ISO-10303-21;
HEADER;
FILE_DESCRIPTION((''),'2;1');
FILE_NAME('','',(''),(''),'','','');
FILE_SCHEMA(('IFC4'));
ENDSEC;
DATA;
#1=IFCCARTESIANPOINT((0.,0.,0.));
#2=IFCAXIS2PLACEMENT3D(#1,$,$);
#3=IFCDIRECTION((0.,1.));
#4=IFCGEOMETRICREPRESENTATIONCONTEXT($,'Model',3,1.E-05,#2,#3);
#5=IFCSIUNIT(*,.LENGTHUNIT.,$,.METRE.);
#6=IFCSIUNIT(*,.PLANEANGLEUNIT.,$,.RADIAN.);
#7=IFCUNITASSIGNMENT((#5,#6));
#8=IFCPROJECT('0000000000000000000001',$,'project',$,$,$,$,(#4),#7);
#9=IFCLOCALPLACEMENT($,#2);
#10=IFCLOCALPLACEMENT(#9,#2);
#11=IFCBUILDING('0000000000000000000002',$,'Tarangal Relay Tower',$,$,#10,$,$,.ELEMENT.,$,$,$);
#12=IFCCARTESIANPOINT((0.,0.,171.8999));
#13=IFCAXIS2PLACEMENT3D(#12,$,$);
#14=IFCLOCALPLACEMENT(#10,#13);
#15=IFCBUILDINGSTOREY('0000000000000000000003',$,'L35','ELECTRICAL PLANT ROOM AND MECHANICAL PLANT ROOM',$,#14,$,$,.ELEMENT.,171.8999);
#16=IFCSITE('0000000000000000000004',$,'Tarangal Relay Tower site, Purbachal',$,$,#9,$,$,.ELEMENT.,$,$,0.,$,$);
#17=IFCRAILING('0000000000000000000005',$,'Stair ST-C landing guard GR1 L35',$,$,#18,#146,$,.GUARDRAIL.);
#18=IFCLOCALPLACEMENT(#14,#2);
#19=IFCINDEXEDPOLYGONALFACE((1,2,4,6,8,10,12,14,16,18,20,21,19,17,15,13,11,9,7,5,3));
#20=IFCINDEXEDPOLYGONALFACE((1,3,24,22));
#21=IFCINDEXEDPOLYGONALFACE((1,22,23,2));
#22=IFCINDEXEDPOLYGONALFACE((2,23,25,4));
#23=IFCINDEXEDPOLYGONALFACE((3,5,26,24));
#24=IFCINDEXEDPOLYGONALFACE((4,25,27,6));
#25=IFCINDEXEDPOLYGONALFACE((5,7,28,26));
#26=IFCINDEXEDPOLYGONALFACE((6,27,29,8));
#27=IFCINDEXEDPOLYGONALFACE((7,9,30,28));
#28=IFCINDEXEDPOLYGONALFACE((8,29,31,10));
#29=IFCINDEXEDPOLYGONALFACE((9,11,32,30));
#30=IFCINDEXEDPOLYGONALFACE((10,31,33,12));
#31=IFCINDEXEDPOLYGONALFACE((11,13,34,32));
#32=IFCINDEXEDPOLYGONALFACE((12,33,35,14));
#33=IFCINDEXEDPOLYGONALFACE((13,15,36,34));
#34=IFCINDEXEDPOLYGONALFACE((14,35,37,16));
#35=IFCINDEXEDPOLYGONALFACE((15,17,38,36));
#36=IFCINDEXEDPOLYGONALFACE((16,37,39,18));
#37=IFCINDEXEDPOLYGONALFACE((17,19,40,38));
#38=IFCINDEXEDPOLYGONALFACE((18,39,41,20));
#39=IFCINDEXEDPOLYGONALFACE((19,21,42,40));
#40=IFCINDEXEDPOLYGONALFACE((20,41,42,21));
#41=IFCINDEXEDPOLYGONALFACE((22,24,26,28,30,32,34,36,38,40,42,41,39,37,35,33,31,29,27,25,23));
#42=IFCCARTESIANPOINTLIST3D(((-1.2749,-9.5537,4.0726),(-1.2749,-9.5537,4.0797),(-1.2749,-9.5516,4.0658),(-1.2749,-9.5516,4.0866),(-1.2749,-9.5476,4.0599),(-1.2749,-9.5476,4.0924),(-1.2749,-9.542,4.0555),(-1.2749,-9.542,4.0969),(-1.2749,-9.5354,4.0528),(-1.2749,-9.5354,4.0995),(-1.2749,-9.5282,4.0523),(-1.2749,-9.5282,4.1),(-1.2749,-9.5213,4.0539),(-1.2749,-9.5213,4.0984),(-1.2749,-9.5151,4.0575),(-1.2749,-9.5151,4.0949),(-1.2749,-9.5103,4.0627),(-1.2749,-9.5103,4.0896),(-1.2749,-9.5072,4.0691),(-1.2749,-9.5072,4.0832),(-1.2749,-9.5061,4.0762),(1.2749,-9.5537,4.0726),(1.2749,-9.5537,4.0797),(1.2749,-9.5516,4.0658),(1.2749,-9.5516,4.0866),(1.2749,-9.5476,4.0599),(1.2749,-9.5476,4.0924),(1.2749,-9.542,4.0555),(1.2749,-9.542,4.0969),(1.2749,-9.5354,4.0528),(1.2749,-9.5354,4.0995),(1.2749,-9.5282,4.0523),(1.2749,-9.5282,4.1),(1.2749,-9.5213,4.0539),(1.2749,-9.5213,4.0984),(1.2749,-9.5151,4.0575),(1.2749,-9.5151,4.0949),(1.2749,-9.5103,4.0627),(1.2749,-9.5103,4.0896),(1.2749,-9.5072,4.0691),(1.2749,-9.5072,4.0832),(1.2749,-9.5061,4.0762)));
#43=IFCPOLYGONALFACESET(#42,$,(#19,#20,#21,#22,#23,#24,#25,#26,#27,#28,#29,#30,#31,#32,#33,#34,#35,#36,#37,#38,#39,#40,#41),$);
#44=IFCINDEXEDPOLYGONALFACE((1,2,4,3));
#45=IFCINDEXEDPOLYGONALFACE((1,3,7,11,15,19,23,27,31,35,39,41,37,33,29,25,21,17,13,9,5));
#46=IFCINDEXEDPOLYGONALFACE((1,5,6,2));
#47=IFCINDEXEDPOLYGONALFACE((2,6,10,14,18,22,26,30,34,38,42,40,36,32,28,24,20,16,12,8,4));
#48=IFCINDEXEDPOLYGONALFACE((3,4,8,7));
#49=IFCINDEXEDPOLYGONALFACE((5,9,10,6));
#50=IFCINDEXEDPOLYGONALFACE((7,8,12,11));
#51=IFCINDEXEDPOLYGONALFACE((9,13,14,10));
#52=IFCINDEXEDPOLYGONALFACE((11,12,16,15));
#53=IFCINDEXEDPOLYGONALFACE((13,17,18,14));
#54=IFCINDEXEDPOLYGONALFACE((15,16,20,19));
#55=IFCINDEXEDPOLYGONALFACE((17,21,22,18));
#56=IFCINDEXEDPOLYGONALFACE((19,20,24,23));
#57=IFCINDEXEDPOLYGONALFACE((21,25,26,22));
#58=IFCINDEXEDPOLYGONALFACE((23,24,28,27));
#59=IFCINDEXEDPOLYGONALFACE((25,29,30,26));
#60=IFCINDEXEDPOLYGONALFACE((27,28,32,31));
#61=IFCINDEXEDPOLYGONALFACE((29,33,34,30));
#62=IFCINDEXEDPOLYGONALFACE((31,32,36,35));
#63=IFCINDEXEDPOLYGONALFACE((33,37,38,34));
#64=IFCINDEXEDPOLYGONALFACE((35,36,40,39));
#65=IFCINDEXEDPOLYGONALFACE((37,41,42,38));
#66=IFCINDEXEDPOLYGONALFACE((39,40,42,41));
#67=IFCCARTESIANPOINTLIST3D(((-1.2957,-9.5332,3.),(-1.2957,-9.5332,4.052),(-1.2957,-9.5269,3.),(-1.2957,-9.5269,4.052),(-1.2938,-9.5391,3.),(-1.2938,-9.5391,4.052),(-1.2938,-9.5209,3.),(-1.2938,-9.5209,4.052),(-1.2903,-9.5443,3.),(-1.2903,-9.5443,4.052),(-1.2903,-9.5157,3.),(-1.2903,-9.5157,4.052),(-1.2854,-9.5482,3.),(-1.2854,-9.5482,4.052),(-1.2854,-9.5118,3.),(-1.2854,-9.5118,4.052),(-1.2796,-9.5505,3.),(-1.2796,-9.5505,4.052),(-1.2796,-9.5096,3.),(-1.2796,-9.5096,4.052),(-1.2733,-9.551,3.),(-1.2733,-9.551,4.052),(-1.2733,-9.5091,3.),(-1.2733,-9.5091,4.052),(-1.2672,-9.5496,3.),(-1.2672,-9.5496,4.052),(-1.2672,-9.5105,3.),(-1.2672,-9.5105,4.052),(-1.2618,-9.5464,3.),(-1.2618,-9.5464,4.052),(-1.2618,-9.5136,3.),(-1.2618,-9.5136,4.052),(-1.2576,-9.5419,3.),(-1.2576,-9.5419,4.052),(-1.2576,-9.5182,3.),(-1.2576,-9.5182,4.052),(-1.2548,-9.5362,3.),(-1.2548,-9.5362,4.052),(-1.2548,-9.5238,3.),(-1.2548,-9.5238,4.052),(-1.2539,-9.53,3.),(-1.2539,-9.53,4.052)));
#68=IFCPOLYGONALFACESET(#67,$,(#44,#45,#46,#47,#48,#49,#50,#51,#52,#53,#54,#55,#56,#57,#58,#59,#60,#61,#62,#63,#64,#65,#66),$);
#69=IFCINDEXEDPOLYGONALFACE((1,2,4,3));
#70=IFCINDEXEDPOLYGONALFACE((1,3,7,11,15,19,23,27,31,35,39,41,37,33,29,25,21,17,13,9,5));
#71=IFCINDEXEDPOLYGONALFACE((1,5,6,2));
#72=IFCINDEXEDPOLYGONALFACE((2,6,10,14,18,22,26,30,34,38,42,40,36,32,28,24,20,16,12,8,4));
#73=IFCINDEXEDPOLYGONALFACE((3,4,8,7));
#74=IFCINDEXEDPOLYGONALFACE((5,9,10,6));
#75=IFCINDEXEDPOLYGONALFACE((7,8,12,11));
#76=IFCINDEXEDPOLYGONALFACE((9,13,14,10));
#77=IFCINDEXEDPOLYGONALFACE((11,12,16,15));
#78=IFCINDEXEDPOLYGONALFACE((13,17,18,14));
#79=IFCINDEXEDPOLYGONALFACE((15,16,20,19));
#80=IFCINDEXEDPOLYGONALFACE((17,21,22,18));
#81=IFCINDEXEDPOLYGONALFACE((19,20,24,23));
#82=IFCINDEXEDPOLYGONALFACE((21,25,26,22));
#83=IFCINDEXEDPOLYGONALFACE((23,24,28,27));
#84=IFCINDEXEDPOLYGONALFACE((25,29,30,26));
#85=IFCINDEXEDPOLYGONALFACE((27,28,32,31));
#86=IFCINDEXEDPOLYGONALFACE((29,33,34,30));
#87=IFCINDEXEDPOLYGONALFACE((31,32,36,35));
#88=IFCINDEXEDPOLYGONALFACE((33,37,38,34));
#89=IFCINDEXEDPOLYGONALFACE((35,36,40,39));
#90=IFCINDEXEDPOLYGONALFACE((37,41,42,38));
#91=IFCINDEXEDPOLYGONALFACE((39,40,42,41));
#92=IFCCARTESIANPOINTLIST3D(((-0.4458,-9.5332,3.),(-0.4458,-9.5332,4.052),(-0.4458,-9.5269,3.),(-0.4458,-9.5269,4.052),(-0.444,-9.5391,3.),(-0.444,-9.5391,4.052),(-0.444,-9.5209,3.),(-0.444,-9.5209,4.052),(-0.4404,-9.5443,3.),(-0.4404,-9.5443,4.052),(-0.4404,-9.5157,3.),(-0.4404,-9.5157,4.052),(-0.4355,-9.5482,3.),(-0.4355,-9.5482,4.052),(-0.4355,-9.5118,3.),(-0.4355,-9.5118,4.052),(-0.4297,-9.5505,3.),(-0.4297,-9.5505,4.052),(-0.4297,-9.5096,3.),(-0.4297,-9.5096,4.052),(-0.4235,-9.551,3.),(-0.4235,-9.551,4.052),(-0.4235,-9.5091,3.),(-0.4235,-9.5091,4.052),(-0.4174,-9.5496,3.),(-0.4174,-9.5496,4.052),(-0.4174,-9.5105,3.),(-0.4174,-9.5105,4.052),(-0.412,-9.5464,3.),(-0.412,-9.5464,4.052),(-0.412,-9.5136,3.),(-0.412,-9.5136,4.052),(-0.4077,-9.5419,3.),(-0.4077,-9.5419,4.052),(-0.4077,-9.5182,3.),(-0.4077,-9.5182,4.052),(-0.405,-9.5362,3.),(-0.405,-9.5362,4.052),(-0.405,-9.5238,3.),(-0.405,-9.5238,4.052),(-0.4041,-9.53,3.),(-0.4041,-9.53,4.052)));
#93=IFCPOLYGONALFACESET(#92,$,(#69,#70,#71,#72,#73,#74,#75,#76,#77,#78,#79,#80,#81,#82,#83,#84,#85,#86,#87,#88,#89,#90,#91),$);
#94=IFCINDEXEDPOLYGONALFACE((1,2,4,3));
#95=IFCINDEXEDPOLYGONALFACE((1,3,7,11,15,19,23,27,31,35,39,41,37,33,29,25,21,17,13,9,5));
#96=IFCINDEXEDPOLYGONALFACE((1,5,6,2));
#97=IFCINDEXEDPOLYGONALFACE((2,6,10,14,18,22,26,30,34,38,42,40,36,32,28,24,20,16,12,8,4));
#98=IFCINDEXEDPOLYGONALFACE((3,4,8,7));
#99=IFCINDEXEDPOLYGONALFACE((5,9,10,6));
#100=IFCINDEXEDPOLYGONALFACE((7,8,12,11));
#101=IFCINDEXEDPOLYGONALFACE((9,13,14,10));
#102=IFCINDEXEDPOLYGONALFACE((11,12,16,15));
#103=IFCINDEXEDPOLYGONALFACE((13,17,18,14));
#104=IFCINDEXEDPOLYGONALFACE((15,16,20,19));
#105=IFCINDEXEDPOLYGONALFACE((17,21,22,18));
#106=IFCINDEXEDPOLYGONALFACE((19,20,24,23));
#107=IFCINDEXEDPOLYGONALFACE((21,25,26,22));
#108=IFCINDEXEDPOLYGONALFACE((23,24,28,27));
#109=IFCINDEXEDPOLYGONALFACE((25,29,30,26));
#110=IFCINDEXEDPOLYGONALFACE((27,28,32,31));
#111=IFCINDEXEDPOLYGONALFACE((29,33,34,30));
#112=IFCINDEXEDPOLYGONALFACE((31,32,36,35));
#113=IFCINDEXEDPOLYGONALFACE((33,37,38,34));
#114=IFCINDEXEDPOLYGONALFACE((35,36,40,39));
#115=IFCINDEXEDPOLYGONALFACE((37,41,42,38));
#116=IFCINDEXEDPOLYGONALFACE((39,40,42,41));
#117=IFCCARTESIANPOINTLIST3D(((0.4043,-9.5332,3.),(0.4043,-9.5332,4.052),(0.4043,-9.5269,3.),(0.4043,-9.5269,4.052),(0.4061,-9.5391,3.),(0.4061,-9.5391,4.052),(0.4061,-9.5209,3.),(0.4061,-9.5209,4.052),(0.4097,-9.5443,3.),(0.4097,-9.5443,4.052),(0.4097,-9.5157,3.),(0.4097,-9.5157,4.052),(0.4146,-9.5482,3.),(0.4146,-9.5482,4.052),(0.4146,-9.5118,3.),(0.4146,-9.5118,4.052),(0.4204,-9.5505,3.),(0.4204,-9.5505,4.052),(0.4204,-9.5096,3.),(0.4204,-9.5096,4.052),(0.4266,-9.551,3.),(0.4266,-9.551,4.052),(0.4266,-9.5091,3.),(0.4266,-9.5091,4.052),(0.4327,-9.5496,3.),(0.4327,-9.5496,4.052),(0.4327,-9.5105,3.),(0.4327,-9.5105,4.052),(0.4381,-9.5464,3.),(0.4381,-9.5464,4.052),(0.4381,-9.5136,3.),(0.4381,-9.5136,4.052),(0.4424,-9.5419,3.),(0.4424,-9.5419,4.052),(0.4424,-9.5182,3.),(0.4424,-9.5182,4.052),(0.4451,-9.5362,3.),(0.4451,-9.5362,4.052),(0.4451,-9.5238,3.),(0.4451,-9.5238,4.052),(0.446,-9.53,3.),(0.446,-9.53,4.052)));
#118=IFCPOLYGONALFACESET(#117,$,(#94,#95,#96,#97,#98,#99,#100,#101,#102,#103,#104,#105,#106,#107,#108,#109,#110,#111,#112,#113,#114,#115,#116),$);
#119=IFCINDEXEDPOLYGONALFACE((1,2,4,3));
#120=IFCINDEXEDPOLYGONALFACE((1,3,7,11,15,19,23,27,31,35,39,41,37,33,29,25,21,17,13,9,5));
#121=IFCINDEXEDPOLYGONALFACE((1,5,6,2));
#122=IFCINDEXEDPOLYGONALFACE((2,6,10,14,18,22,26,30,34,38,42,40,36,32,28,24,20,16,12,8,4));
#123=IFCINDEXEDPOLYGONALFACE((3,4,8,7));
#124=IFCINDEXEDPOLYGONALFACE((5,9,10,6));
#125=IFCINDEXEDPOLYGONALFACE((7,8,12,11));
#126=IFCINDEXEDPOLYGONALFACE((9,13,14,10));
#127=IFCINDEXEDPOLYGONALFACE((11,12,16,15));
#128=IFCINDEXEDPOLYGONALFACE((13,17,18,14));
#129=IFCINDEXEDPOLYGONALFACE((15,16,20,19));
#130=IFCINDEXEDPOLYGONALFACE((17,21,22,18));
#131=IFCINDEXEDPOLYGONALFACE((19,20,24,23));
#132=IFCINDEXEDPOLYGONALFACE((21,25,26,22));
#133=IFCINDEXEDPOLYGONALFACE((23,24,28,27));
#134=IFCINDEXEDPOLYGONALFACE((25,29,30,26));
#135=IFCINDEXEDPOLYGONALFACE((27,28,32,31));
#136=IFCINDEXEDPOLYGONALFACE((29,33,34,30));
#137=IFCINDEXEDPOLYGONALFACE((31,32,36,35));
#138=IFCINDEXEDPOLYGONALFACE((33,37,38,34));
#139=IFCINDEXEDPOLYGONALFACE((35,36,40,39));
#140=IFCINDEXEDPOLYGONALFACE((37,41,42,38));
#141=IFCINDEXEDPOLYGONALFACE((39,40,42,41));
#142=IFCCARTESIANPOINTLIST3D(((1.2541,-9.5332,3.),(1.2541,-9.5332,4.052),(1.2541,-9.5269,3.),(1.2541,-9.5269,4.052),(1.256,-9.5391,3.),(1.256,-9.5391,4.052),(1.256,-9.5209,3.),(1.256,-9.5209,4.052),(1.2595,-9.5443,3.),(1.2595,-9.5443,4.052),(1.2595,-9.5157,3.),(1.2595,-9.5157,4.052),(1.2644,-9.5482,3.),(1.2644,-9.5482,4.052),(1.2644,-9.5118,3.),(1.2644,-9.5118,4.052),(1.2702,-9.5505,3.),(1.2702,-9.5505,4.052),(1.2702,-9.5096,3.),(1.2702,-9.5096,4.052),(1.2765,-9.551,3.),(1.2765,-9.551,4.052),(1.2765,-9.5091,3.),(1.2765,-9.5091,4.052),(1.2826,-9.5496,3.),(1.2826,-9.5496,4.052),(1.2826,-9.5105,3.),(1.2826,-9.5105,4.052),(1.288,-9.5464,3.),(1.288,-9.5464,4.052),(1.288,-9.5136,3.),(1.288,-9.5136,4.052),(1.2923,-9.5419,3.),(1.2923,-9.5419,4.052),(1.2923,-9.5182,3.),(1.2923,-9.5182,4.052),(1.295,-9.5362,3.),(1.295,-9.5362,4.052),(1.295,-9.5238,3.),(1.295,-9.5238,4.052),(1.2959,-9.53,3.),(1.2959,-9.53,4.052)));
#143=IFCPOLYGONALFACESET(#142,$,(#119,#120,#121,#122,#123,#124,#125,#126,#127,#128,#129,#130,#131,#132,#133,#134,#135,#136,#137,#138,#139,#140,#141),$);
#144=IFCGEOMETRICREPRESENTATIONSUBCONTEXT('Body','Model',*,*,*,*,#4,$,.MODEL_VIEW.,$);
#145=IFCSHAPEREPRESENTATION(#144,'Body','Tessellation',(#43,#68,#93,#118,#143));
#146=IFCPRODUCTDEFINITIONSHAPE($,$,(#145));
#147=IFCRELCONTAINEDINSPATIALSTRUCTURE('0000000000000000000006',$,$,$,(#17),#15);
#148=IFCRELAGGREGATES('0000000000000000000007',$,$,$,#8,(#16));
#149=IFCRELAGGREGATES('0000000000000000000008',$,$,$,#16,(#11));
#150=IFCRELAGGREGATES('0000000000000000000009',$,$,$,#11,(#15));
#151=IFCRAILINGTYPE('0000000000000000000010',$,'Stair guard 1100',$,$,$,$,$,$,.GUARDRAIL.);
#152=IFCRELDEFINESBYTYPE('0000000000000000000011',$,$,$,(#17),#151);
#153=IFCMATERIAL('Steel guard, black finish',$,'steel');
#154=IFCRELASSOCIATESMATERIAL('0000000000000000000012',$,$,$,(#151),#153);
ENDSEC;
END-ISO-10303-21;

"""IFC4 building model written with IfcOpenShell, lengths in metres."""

from ifc_helpers import new_model, si_unit, direction, frame, origin, origin_2d, place, context, subcontext, project, spatial, circle, extrude, material, type_object, element, save


model = new_model("IFC4")

# Units and contexts
model_context = context("Model", 3, precision=1e-05, world=origin(), true_north=direction((0.0, 1.0)))
body_context = subcontext(model_context, "Body", "Model", "MODEL_VIEW")
ifc_project = project(units=[si_unit("LENGTHUNIT", "METRE"), si_unit("PLANEANGLEUNIT", "RADIAN")], contexts=[model_context])

# Site, building, storey
site_placement = place(None, origin())
site = spatial("IfcSite", under=ifc_project, at=site_placement, Name="Tarangal Relay Tower site, Purbachal", CompositionType="ELEMENT", RefElevation=0.0)
building_placement = place(site_placement, origin())
building = spatial("IfcBuilding", under=site, at=building_placement, Name="Tarangal Relay Tower", CompositionType="ELEMENT")
storey_placement = place(building_placement, frame((0.0, 0.0, 171.8999)))
storey = spatial("IfcBuildingStorey", under=building, at=storey_placement, Name="L35", Description="ELECTRICAL PLANT ROOM AND MECHANICAL PLANT ROOM", CompositionType="ELEMENT", Elevation=171.8999)

# Railing
ifc_material_1 = material(Name="Steel guard, black finish", Category="steel")
railing_type = type_object("IfcRailingType", Name="Stair guard 1100", PredefinedType="GUARDRAIL", material=ifc_material_1)
for number, where, name in (
    (1, (-1.2749, -9.53, 3.0), "Stair ST-C landing guard GR1 L35"),
):
    element("IfcRailing", number, at=place(storey_placement, frame(where)), inside=storey, type_object=railing_type, Name=name, PredefinedType="GUARDRAIL", context=body_context, shape_type="SweptSolid", body=[
        extrude(circle(Radius=0.0239, at=origin_2d()), frame((0.0, 0.0, 1.0762), z_axis=(1.0, 0.0, 0.0), x_axis=(0.0, 1.0, 0.0)), (0.0, 0.0, 1.0), 2.5498),
        extrude(circle(Radius=0.021, at=origin_2d()), origin(), (0.0, 0.0, 1.0), 1.052),
        extrude(circle(Radius=0.021, at=origin_2d()), frame((0.8499, 0.0, 0.0)), (0.0, 0.0, 1.0), 1.052),
        extrude(circle(Radius=0.021, at=origin_2d()), frame((1.7, 0.0, 0.0)), (0.0, 0.0, 1.0), 1.052),
        extrude(circle(Radius=0.021, at=origin_2d()), frame((2.5498, 0.0, 0.0)), (0.0, 0.0, 1.0), 1.052),
    ])

save(model, "model.ifc")
